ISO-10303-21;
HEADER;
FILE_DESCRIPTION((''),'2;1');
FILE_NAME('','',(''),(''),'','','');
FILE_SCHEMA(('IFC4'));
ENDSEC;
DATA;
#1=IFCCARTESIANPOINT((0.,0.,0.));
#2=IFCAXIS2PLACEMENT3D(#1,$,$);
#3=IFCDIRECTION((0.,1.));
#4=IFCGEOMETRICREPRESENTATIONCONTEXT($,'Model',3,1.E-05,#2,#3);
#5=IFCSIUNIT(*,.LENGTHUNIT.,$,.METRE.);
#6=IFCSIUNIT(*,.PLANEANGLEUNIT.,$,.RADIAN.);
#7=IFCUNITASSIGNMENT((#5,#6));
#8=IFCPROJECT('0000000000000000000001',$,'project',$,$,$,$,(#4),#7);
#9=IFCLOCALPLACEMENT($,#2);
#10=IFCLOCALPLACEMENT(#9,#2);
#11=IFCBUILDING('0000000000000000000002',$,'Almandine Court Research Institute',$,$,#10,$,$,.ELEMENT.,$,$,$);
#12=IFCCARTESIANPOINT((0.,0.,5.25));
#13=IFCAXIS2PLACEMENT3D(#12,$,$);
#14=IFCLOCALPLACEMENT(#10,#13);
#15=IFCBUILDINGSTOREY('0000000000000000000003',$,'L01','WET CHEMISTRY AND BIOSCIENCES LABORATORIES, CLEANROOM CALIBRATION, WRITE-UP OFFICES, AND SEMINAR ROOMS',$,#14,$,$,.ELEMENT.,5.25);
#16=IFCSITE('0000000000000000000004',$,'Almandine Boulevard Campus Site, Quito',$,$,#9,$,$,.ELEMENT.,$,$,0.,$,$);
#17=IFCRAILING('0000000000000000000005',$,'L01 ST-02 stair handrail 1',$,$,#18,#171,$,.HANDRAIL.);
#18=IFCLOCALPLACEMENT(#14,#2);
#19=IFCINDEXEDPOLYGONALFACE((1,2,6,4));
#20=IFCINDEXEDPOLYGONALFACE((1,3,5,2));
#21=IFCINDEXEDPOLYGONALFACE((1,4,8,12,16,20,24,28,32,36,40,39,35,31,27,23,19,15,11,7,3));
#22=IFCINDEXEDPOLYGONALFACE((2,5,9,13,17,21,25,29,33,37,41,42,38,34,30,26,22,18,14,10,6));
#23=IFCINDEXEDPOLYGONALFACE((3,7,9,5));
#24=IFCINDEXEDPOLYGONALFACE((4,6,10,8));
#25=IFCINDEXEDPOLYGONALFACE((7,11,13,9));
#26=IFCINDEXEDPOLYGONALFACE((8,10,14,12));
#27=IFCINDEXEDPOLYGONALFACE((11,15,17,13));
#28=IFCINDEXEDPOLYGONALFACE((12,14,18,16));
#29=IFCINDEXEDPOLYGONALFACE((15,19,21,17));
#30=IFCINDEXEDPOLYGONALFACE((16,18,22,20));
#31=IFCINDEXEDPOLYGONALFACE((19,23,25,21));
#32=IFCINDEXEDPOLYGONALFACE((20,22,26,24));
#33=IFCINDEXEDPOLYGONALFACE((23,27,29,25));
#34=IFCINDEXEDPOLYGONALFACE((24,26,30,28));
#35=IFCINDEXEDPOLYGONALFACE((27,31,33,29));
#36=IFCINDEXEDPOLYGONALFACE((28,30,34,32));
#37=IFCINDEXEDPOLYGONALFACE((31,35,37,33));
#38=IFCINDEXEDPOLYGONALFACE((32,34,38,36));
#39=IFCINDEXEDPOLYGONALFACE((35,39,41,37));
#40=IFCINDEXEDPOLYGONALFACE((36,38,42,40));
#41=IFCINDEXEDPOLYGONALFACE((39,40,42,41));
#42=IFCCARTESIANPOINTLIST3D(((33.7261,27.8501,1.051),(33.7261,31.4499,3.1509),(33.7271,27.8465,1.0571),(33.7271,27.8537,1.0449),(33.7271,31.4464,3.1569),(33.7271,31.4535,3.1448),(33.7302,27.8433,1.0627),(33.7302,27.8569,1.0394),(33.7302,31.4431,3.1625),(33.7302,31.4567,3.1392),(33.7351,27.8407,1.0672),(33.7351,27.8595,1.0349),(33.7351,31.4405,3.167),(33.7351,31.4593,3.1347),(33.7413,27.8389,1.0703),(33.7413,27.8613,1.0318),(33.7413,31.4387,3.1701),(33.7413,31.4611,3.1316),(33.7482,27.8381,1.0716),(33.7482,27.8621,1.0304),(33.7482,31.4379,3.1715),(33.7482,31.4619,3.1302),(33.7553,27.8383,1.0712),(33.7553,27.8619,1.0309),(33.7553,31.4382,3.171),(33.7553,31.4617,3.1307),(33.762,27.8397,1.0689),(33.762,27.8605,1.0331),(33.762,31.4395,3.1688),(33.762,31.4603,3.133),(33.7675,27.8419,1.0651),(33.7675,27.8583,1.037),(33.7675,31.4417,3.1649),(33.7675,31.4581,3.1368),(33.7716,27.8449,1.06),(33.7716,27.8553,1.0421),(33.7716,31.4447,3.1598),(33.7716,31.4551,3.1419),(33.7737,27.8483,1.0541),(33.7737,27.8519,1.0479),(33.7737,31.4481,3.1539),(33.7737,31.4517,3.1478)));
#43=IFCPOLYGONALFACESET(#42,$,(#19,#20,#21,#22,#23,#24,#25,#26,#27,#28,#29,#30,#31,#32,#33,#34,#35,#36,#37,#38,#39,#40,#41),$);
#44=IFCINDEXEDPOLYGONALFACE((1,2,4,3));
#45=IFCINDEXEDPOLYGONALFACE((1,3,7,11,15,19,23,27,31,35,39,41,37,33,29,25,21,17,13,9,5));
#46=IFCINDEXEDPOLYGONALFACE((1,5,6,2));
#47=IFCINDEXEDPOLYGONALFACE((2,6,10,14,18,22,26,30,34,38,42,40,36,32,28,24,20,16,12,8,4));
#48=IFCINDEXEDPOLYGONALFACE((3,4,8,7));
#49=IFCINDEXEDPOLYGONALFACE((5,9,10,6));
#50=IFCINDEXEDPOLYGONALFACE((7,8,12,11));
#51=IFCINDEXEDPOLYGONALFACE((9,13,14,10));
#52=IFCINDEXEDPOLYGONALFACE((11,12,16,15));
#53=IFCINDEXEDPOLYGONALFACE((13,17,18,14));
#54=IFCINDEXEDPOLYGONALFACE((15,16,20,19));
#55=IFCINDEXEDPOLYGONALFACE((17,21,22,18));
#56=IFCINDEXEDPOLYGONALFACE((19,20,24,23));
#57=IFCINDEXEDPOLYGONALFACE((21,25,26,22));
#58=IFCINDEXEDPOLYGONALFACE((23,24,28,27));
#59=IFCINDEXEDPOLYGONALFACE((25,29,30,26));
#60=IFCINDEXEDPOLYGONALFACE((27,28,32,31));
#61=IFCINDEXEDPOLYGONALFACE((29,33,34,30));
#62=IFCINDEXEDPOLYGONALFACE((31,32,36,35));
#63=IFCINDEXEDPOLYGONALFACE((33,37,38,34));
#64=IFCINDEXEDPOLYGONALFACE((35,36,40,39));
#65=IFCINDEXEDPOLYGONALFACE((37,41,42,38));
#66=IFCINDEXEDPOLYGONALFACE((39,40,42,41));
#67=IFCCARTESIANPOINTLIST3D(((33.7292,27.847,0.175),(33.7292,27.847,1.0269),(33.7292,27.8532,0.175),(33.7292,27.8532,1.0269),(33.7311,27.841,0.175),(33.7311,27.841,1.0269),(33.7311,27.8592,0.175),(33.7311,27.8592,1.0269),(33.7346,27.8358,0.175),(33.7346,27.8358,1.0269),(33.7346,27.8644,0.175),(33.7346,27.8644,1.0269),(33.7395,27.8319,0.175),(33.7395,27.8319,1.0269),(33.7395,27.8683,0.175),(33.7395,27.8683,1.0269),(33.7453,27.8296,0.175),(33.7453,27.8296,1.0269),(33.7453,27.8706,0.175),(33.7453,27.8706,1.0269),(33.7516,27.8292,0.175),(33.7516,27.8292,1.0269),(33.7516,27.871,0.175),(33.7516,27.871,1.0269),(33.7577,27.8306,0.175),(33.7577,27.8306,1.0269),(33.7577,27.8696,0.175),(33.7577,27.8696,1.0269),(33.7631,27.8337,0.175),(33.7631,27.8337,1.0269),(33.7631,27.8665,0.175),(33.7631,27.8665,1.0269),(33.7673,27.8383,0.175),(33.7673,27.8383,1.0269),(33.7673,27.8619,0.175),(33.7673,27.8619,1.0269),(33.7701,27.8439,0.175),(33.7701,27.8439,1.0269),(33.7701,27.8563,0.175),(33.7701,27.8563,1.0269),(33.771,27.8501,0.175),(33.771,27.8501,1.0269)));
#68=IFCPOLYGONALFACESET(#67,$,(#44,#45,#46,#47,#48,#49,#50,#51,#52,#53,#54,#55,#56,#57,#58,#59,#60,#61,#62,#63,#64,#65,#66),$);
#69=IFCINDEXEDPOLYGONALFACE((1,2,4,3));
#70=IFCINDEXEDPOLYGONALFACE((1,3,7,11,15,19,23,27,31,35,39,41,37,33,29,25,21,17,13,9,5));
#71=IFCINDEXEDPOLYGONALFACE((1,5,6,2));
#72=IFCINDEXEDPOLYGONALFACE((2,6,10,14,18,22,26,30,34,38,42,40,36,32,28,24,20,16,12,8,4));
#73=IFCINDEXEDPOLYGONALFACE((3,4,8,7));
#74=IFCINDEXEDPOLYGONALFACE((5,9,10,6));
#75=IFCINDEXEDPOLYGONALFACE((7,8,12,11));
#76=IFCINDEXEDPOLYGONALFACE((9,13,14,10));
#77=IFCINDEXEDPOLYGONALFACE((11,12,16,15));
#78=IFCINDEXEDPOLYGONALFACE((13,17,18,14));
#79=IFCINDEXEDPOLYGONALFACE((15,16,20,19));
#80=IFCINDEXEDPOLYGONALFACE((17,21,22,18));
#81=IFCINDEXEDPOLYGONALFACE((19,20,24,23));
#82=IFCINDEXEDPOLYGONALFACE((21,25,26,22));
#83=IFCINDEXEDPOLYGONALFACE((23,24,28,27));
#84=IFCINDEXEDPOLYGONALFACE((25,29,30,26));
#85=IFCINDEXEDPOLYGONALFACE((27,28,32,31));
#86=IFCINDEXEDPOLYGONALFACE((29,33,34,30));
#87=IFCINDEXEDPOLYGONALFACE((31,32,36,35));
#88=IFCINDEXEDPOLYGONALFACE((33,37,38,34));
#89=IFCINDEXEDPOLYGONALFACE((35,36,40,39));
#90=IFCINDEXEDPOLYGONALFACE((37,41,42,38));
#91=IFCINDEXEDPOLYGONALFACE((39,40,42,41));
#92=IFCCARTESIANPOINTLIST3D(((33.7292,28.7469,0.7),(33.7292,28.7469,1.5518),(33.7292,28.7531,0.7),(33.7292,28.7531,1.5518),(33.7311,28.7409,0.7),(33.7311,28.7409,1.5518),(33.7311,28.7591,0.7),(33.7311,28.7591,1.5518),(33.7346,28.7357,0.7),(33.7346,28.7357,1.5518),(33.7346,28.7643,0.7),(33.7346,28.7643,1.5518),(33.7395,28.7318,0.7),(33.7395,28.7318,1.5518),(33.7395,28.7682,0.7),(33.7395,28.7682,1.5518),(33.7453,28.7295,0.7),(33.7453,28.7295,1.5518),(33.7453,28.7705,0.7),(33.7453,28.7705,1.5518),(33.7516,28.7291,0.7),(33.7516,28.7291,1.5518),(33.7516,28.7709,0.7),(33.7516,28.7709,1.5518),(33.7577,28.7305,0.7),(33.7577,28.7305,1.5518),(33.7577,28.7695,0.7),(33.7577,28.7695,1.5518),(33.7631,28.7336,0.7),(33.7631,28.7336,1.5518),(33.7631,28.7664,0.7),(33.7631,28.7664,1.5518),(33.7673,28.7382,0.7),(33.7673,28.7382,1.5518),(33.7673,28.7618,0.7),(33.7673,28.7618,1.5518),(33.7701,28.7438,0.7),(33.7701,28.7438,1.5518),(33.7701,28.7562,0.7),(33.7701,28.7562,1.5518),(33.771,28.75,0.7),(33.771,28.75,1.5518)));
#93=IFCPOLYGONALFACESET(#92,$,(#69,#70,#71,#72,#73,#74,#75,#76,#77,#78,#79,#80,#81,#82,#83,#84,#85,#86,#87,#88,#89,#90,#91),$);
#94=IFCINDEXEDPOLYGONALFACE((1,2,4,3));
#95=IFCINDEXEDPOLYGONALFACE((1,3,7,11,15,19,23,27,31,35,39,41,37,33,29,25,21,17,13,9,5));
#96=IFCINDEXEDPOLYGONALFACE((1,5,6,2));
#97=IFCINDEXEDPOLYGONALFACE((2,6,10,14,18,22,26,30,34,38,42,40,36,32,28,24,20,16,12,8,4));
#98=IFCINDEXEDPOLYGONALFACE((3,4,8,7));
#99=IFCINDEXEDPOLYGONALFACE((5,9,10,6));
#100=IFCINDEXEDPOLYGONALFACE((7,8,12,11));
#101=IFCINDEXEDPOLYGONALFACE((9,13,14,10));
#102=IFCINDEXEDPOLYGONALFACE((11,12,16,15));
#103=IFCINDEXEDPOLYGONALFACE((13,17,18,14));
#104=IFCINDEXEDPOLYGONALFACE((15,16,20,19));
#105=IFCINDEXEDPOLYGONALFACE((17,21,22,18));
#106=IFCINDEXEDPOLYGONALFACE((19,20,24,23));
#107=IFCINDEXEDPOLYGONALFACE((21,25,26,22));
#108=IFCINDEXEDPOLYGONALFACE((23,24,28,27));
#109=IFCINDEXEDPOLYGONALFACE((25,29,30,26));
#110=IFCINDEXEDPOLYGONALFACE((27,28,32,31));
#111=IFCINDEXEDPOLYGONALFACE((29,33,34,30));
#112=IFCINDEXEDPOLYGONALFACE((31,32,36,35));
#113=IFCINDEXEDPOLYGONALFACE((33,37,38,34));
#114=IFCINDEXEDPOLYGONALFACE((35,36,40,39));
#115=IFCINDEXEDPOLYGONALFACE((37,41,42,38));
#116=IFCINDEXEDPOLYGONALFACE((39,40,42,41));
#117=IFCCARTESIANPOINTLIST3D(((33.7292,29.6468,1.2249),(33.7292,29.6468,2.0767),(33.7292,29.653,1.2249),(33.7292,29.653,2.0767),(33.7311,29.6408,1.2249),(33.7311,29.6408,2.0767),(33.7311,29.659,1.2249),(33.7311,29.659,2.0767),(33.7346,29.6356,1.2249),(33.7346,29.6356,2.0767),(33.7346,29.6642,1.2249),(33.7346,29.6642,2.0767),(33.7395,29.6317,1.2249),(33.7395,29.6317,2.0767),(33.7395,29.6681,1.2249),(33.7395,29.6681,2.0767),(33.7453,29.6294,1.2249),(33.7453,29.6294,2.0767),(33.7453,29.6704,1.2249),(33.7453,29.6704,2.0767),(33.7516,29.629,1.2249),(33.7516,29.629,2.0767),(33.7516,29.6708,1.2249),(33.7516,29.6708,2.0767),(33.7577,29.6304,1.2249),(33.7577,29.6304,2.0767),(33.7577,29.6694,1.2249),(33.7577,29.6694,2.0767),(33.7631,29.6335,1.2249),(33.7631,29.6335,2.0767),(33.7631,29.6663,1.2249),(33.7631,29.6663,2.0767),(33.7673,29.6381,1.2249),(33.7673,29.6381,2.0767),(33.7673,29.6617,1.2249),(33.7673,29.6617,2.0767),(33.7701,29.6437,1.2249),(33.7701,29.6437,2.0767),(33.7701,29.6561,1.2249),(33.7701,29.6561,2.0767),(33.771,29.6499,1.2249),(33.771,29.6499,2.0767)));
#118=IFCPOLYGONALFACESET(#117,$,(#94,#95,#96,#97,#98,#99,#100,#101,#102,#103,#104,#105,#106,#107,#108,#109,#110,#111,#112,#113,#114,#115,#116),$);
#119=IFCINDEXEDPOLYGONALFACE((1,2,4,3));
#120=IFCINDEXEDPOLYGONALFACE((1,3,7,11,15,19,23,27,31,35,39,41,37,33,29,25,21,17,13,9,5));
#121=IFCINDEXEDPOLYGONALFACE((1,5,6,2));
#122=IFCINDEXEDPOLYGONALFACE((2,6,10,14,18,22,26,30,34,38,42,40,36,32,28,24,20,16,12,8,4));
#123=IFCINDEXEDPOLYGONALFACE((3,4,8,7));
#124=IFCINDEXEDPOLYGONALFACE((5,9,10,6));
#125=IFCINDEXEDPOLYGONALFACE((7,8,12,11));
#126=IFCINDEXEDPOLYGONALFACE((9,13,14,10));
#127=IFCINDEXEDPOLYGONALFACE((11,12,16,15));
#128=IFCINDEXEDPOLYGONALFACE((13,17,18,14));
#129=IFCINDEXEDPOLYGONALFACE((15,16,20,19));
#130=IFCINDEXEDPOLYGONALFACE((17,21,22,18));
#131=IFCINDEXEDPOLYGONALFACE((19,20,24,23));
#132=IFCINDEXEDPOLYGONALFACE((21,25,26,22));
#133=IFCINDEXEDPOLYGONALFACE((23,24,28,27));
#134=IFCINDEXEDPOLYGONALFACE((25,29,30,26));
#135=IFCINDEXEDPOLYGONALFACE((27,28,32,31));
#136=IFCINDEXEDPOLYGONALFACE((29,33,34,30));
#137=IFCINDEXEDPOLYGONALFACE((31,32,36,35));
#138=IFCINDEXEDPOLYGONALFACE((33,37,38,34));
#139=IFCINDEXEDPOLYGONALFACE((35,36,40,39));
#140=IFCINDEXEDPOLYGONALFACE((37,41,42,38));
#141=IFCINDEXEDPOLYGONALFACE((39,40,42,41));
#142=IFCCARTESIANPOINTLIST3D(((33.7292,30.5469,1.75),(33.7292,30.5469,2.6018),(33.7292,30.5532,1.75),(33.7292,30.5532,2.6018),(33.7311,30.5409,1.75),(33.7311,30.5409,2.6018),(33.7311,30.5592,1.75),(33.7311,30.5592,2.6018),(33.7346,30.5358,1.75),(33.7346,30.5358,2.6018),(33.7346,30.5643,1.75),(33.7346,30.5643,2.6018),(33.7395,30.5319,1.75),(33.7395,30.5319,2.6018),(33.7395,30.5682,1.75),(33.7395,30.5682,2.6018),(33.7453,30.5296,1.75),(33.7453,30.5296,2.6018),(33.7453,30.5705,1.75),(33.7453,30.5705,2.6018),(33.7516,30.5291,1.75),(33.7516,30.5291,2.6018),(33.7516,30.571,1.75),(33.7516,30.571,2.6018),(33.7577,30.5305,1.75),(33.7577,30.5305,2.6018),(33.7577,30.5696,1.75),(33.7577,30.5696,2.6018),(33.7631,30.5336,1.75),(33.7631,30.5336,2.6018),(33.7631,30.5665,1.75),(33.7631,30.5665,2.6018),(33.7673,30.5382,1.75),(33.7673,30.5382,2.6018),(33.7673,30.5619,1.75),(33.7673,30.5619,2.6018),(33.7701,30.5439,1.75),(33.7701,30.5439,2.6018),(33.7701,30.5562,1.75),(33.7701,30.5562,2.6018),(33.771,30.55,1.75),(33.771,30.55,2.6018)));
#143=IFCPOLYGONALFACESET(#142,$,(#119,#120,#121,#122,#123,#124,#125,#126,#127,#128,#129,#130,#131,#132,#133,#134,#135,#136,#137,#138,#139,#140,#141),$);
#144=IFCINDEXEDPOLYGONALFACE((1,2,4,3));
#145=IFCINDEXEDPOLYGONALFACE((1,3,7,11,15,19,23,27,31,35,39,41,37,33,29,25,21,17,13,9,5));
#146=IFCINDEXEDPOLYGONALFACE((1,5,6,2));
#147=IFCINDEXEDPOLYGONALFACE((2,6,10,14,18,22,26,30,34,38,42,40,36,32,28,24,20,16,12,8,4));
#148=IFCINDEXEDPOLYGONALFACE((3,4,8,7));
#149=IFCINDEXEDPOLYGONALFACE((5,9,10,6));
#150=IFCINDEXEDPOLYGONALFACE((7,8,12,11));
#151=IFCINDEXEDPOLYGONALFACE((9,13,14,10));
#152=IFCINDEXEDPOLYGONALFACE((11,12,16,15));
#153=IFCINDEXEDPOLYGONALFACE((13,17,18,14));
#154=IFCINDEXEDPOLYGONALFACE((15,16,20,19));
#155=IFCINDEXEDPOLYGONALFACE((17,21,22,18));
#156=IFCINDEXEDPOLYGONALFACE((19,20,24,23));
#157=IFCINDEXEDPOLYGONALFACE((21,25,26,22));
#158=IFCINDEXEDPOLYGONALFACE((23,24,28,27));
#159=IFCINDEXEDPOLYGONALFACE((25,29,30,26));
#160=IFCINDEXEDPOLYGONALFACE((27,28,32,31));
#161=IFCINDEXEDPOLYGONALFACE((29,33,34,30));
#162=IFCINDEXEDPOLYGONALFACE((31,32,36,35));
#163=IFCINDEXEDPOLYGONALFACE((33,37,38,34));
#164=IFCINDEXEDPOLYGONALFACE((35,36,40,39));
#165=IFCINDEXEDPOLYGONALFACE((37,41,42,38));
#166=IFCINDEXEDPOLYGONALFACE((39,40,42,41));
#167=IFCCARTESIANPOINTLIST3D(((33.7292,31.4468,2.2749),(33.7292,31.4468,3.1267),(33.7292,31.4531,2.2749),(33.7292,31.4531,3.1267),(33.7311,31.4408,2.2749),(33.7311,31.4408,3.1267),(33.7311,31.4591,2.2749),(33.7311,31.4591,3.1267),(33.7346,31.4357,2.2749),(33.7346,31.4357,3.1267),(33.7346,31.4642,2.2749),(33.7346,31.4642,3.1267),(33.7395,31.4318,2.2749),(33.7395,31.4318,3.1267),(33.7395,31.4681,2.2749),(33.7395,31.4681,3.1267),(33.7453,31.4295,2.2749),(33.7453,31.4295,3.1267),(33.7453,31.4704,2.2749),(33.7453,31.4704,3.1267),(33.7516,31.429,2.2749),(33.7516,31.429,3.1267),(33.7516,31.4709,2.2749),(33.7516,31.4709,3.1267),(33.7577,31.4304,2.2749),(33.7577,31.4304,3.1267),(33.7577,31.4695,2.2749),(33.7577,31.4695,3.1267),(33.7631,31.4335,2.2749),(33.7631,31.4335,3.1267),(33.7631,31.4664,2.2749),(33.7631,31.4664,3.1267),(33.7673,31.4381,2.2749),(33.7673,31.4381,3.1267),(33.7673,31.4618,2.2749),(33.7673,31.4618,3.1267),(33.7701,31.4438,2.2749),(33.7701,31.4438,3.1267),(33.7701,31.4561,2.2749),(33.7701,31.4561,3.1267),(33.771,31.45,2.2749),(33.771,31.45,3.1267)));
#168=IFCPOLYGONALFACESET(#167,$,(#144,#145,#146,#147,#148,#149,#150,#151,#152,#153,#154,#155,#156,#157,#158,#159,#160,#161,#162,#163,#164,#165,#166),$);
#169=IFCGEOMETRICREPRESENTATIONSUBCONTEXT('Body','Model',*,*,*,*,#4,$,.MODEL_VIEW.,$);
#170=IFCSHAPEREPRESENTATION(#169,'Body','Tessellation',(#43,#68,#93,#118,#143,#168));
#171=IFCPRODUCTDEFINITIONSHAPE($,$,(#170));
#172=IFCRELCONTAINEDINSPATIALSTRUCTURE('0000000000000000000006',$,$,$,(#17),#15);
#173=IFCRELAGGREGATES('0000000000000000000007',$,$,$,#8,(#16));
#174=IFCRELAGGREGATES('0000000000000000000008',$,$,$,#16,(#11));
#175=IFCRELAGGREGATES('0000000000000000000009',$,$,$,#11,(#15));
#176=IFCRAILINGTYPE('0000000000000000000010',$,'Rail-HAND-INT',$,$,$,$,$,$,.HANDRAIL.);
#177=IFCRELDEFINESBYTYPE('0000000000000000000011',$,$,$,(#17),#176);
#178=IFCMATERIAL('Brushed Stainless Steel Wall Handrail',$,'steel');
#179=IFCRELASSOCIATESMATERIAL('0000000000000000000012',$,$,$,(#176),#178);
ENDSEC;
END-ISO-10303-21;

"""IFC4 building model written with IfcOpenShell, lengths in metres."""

from ifc_helpers import new_model, si_unit, direction, frame, origin, origin_2d, place, context, subcontext, project, spatial, circle, extrude, material, type_object, element, save


model = new_model("IFC4")

# Units and contexts
model_context = context("Model", 3, precision=1e-05, world=origin(), true_north=direction((0.0, 1.0)))
body_context = subcontext(model_context, "Body", "Model", "MODEL_VIEW")
ifc_project = project(units=[si_unit("LENGTHUNIT", "METRE"), si_unit("PLANEANGLEUNIT", "RADIAN")], contexts=[model_context])

# Site, building, storey
site_placement = place(None, origin())
site = spatial("IfcSite", under=ifc_project, at=site_placement, Name="Almandine Boulevard Campus Site, Quito", CompositionType="ELEMENT", RefElevation=0.0)
building_placement = place(site_placement, origin())
building = spatial("IfcBuilding", under=site, at=building_placement, Name="Almandine Court Research Institute", CompositionType="ELEMENT")
storey_placement = place(building_placement, frame((0.0, 0.0, 5.25)))
storey = spatial("IfcBuildingStorey", under=building, at=storey_placement, Name="L01", Description="WET CHEMISTRY AND BIOSCIENCES LABORATORIES, CLEANROOM CALIBRATION, WRITE-UP OFFICES, AND SEMINAR ROOMS", CompositionType="ELEMENT", Elevation=5.25)

# Railing
ifc_material_1 = material(Name="Brushed Stainless Steel Wall Handrail", Category="steel")
railing_type_1 = type_object("IfcRailingType", Name="Rail-HAND-INT", PredefinedType="HANDRAIL", material=ifc_material_1)
railing_1_placement = place(storey_placement, frame((33.75, 27.8501, 0.175)))
element("IfcRailing", 1, at=railing_1_placement, inside=storey, type_object=railing_type_1, Name="L01 ST-02 stair handrail 1", PredefinedType="HANDRAIL", context=body_context, shape_type="SweptSolid", body=[
    extrude(circle(Radius=0.0239, at=origin_2d()), frame((0.0, 0.0, 0.876), z_axis=(0.0, 0.863785, 0.50386), x_axis=(-1.0, 0.0, 0.0)), (0.0, 0.0, 1.0), 4.1675),
    extrude(circle(Radius=0.021, at=origin_2d()), origin(), (0.0, 0.0, 1.0), 0.8518),
    extrude(circle(Radius=0.021, at=origin_2d()), frame((0.0, 0.8999, 0.5249)), (0.0, 0.0, 1.0), 0.8518),
    extrude(circle(Radius=0.021, at=origin_2d()), frame((0.0, 1.7998, 1.0498)), (0.0, 0.0, 1.0), 0.8518),
    extrude(circle(Radius=0.021, at=origin_2d()), frame((0.0, 2.7, 1.575)), (0.0, 0.0, 1.0), 0.8518),
    extrude(circle(Radius=0.021, at=origin_2d()), frame((0.0, 3.5999, 2.0999)), (0.0, 0.0, 1.0), 0.8518),
])

save(model, "model.ifc")
